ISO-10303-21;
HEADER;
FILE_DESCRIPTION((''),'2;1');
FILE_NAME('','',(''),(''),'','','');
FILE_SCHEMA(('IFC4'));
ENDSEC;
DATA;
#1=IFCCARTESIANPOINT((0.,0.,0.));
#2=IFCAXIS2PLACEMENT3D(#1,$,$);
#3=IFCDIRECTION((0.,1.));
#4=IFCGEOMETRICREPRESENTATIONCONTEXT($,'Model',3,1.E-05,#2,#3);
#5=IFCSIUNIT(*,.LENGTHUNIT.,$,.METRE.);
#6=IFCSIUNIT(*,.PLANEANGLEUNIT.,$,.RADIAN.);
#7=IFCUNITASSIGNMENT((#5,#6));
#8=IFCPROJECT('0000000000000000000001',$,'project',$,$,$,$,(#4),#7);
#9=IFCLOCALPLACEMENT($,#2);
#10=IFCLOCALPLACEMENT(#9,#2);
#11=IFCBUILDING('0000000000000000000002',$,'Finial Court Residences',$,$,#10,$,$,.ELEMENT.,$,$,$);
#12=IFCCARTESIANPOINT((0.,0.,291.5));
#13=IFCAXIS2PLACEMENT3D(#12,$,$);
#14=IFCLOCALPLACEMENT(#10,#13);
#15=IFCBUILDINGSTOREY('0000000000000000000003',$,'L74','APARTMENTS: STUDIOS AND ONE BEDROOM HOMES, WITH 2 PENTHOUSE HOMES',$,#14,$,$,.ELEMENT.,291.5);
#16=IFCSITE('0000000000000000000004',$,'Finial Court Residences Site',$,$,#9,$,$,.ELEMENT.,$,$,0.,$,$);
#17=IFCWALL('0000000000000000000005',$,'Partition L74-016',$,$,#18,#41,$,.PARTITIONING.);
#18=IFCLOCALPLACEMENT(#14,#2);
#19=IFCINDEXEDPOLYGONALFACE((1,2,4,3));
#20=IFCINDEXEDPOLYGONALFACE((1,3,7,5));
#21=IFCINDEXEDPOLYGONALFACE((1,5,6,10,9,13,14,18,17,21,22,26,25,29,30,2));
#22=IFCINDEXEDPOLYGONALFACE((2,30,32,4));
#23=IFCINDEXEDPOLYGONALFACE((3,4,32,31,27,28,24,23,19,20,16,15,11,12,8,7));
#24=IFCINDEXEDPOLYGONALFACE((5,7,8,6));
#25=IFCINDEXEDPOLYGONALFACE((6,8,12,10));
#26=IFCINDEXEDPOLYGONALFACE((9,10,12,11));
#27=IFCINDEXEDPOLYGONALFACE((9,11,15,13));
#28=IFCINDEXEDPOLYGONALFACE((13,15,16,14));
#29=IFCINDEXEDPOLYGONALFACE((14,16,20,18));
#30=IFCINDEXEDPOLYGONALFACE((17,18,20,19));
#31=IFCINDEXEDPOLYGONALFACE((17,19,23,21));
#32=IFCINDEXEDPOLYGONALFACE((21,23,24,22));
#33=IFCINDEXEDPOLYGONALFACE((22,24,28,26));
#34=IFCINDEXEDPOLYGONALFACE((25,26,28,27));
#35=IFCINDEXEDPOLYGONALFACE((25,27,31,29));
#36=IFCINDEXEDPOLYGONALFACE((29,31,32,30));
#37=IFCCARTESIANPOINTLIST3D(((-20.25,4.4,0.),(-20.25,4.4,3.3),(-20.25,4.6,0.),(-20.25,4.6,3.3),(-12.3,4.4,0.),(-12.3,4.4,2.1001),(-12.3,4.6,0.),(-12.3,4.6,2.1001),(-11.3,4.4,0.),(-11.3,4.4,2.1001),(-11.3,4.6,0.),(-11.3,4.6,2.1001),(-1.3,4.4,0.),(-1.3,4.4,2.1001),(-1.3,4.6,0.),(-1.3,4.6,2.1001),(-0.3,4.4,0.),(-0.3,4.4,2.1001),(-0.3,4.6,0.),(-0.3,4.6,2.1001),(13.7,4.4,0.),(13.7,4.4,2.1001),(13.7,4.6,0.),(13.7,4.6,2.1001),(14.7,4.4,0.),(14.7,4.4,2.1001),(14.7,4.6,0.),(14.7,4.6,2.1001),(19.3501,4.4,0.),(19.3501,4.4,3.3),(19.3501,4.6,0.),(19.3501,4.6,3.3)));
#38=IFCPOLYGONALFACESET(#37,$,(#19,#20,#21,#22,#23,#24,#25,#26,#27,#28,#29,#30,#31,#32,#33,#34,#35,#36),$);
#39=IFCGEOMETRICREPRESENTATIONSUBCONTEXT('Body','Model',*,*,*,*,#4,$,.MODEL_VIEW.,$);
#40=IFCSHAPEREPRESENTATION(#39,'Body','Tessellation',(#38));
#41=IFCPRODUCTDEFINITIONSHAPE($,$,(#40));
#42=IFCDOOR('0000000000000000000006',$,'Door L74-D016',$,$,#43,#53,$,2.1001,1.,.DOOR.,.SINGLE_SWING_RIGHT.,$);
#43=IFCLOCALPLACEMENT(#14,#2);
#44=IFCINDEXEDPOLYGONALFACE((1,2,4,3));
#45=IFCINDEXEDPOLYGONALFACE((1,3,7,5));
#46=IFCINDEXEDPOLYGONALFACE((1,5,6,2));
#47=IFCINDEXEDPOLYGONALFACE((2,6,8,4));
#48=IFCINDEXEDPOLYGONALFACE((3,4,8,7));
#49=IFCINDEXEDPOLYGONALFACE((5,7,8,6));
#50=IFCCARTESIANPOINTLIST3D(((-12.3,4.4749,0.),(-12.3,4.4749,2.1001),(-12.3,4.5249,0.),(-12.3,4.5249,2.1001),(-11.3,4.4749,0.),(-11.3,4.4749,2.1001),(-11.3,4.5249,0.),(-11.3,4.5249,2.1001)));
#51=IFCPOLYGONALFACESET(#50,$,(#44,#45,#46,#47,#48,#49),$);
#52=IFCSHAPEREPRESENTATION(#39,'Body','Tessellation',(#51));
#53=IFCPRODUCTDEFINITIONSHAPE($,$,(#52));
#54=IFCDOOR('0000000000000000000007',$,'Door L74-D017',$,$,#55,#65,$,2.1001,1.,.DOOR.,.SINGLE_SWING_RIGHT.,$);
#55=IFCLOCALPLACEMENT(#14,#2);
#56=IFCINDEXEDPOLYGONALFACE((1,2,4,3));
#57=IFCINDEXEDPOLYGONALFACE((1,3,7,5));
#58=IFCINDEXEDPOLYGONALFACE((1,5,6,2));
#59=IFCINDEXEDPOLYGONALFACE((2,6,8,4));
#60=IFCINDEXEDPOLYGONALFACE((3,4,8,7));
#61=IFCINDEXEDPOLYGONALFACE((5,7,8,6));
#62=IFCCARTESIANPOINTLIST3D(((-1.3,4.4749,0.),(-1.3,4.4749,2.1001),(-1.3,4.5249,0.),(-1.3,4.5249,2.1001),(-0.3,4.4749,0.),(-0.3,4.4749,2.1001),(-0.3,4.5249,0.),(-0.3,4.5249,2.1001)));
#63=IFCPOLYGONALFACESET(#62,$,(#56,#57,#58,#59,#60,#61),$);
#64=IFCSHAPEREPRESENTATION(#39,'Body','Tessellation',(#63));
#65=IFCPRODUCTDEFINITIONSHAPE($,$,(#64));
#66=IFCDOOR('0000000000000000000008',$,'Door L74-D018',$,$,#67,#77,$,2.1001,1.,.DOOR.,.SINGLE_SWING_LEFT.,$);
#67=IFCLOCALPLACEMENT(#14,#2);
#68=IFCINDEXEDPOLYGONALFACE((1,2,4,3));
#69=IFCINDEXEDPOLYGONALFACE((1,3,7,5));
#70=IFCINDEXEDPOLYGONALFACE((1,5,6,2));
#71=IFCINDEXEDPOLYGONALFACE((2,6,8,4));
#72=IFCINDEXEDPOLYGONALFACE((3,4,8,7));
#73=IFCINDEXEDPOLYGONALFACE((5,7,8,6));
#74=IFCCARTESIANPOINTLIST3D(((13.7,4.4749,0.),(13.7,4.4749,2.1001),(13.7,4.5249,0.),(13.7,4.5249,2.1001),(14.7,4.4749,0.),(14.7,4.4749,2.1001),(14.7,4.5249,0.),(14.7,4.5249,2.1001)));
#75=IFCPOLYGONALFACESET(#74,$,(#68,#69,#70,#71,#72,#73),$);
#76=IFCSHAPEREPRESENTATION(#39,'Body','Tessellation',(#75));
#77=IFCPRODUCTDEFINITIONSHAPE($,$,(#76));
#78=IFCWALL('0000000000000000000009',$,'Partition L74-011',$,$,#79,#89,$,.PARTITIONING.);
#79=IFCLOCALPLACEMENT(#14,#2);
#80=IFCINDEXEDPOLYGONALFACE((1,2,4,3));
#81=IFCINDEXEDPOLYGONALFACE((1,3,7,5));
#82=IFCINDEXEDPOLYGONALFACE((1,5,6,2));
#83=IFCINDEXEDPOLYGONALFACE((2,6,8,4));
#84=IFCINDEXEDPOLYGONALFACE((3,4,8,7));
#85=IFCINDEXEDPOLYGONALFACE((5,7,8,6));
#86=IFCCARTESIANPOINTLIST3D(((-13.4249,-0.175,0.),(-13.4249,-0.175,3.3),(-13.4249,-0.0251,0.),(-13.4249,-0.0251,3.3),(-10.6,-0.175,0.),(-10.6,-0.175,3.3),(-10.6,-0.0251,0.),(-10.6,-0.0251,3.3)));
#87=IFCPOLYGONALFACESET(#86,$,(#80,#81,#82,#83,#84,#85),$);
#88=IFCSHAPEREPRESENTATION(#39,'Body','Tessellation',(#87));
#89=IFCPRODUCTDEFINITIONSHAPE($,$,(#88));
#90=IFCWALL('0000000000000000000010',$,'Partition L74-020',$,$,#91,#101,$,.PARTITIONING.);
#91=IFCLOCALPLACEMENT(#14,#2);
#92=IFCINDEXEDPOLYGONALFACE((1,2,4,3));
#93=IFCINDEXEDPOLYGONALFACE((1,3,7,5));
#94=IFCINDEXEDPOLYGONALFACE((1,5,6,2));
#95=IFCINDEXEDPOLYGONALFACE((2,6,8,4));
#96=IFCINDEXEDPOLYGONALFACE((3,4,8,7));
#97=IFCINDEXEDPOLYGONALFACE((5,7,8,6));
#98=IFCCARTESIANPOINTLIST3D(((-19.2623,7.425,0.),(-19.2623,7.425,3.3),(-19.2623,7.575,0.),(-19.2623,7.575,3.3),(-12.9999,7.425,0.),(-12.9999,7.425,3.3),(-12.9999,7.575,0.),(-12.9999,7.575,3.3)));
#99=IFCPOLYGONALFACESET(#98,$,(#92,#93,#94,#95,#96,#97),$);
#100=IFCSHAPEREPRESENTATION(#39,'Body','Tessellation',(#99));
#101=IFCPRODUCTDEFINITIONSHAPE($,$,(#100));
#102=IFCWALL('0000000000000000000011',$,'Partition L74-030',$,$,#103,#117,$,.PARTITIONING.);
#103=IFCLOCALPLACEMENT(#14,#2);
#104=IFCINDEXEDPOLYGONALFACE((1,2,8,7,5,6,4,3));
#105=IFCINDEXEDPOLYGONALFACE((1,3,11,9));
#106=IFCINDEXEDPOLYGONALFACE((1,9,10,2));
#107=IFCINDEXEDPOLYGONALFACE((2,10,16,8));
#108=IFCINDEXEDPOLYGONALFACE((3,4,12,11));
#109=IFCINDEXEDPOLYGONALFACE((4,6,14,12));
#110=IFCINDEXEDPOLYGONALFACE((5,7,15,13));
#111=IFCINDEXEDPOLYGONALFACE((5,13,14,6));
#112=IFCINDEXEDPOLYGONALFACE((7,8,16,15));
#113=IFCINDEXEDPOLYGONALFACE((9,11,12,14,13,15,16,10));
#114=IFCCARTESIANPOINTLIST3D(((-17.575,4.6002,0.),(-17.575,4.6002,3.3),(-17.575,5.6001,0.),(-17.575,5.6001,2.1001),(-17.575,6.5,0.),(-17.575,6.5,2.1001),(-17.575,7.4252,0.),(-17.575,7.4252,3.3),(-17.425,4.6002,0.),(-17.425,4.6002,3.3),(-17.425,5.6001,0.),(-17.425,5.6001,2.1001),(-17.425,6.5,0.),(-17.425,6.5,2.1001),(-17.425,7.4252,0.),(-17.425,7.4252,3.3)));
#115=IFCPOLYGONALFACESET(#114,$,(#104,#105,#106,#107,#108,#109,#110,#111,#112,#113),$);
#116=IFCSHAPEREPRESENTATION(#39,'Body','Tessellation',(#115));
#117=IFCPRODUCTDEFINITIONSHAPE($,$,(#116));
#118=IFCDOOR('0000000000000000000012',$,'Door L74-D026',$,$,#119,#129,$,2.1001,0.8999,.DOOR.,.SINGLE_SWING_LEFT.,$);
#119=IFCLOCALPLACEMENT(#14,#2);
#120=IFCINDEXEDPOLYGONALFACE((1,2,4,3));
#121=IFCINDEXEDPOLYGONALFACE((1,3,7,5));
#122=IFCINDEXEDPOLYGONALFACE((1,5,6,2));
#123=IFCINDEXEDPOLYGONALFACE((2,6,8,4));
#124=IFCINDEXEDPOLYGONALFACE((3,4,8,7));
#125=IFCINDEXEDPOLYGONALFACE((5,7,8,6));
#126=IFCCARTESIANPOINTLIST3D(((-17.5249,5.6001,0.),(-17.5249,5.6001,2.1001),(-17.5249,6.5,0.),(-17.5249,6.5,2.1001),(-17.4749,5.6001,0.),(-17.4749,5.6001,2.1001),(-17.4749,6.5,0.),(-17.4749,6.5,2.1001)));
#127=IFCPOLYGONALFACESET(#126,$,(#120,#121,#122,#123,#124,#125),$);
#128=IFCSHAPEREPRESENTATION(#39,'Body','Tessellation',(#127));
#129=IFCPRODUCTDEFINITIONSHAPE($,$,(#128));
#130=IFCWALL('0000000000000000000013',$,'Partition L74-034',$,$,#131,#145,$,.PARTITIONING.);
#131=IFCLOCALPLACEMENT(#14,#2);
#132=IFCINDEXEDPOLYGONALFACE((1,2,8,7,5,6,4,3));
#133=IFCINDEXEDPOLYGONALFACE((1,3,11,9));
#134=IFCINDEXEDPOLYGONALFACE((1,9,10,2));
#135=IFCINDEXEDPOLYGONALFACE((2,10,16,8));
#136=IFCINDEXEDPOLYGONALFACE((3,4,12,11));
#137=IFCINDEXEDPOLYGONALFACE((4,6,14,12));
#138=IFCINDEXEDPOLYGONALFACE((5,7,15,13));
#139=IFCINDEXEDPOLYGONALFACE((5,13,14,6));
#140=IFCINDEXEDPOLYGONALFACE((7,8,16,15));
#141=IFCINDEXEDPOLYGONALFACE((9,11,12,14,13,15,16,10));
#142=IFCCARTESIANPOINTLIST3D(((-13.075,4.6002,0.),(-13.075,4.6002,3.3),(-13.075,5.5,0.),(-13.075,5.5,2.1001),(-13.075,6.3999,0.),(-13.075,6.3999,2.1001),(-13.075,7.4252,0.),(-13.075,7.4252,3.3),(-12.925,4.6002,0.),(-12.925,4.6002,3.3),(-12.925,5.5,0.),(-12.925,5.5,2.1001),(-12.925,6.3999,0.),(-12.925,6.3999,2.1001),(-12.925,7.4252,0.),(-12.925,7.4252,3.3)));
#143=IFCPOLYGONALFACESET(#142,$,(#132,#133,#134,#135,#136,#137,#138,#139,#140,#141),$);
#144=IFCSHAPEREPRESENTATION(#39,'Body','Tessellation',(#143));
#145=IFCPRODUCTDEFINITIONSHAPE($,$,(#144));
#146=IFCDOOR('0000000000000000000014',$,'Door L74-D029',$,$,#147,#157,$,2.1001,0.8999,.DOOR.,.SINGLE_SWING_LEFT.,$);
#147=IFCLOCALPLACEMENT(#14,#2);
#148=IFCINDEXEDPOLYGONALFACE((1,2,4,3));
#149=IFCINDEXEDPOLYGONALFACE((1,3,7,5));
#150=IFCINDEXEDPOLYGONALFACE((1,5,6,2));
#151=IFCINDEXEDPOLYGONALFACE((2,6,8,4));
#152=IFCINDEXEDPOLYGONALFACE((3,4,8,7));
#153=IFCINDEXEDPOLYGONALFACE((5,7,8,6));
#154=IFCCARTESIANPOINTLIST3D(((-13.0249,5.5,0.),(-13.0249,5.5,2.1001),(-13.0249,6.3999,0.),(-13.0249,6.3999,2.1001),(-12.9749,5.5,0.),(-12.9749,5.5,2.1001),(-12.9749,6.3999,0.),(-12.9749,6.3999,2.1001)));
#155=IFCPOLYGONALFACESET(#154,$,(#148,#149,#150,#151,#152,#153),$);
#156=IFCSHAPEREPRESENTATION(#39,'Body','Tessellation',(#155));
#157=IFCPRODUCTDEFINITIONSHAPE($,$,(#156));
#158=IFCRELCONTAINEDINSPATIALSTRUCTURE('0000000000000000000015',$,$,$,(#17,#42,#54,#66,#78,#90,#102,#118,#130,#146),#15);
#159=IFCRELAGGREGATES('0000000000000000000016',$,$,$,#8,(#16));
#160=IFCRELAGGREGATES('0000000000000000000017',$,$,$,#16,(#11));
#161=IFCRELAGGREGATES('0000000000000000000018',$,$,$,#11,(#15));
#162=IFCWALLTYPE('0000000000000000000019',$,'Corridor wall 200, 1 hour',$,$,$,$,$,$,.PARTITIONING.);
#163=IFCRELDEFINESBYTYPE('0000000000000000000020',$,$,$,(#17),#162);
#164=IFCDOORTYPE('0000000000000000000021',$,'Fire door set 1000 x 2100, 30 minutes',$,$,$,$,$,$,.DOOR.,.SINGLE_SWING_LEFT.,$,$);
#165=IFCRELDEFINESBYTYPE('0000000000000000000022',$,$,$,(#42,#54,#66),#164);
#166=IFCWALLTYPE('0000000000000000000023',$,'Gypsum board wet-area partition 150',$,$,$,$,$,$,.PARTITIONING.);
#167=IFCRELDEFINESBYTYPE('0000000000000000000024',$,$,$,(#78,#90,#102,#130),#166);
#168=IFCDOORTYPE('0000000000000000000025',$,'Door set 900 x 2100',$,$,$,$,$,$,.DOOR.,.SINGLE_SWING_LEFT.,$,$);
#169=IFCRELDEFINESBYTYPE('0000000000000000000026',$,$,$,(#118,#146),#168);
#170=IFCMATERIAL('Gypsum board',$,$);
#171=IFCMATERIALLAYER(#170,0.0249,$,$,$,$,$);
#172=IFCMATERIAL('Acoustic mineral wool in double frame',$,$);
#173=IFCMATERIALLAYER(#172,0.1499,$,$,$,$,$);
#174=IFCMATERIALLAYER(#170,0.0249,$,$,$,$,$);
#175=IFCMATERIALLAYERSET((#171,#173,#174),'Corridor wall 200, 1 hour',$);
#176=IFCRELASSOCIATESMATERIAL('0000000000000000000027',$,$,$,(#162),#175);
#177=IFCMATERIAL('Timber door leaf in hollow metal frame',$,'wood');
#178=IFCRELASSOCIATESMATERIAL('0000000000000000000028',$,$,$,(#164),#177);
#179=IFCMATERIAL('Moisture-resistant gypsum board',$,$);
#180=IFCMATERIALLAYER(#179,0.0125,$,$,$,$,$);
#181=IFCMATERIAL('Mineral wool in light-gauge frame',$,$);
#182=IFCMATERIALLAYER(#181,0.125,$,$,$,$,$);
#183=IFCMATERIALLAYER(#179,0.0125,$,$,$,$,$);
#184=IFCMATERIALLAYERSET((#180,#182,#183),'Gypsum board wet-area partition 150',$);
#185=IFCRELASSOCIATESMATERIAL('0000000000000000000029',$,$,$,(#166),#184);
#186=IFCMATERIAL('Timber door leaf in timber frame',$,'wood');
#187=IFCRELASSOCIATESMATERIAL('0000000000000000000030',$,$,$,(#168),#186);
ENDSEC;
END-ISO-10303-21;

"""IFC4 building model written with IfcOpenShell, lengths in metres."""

from ifc_helpers import new_model, si_unit, direction, frame, frame_2d, origin, place, context, subcontext, project, spatial, rectangle, extrude, material, layer, layer_set, type_object, element, fill, save


model = new_model("IFC4")

# Units and contexts
model_context = context("Model", 3, precision=1e-05, world=origin(), true_north=direction((0.0, 1.0)))
body_context = subcontext(model_context, "Body", "Model", "MODEL_VIEW")
ifc_project = project(units=[si_unit("LENGTHUNIT", "METRE"), si_unit("PLANEANGLEUNIT", "RADIAN")], contexts=[model_context])

# Site, building, storey
site_placement = place(None, origin())
site = spatial("IfcSite", under=ifc_project, at=site_placement, Name="Finial Court Residences Site", CompositionType="ELEMENT", RefElevation=0.0)
building_placement = place(site_placement, origin())
building = spatial("IfcBuilding", under=site, at=building_placement, Name="Finial Court Residences", CompositionType="ELEMENT")
storey_placement = place(building_placement, frame((0.0, 0.0, 291.5)))
storey = spatial("IfcBuildingStorey", under=building, at=storey_placement, Name="L74", Description="APARTMENTS: STUDIOS AND ONE BEDROOM HOMES, WITH 2 PENTHOUSE HOMES", CompositionType="ELEMENT", Elevation=291.5)

# Shared definitions
ifc_material_1 = material(Name="Gypsum board")
ifc_layer_1 = layer(ifc_material_1, 0.0249)
ifc_material_2 = material(Name="Acoustic mineral wool in double frame")
ifc_layer_2 = layer(ifc_material_2, 0.1499)
ifc_layer_3 = layer(ifc_material_1, 0.0249)
ifc_layer_set_1 = layer_set([ifc_layer_1, ifc_layer_2, ifc_layer_3], Name="Corridor wall 200, 1 hour")
wall_type_1 = type_object("IfcWallType", Name="Corridor wall 200, 1 hour", PredefinedType="PARTITIONING", material=ifc_layer_set_1)

# Wall, openings, doors
wall_1_placement = place(storey_placement, frame((-20.25, 4.5, 0.0), z_axis=(0.0, 0.0, 1.0), x_axis=(1.0, 0.0, 0.0)))
wall_1 = element("IfcWall", 1, at=wall_1_placement, inside=storey, type_object=wall_type_1, Name="Partition L74-016", PredefinedType="PARTITIONING", context=body_context, shape_type="SweptSolid", body=[
    extrude(rectangle(XDim=39.6001, YDim=0.2, at=frame_2d((19.8, 0.0))), origin(), (0.0, 0.0, 1.0), 3.3),
])
opening_1_placement = place(wall_1_placement, frame((7.95, 0.0, 0.0)))
opening_1 = element("IfcOpeningElement", 2, at=opening_1_placement, cuts=wall_1, PredefinedType="OPENING", context=body_context, shape_type="SweptSolid", body=[
    extrude(rectangle(XDim=1.0, YDim=2.1001, at=frame_2d((0.5, 1.05))), frame((0.0, 0.1099, 0.0), z_axis=(0.0, -1.0, 0.0), x_axis=(1.0, 0.0, 0.0)), (0.0, 0.0, 1.0), 0.22),
])
opening_2_placement = place(wall_1_placement, frame((18.95, 0.0, 0.0)))
opening_2 = element("IfcOpeningElement", 3, at=opening_2_placement, cuts=wall_1, PredefinedType="OPENING", context=body_context, shape_type="SweptSolid", body=[
    extrude(rectangle(XDim=1.0, YDim=2.1001, at=frame_2d((0.5, 1.05))), frame((0.0, 0.1099, 0.0), z_axis=(0.0, -1.0, 0.0), x_axis=(1.0, 0.0, 0.0)), (0.0, 0.0, 1.0), 0.22),
])
opening_3_placement = place(wall_1_placement, frame((33.95, 0.0, 0.0)))
opening_3 = element("IfcOpeningElement", 4, at=opening_3_placement, cuts=wall_1, PredefinedType="OPENING", context=body_context, shape_type="SweptSolid", body=[
    extrude(rectangle(XDim=1.0, YDim=2.1001, at=frame_2d((0.5, 1.05))), frame((0.0, 0.1099, 0.0), z_axis=(0.0, -1.0, 0.0), x_axis=(1.0, 0.0, 0.0)), (0.0, 0.0, 1.0), 0.22),
])
ifc_material_3 = material(Name="Timber door leaf in hollow metal frame", Category="wood")
door_type_1 = type_object("IfcDoorType", Name="Fire door set 1000 x 2100, 30 minutes", OperationType="SINGLE_SWING_LEFT", PredefinedType="DOOR", material=ifc_material_3)
door_1_placement = place(opening_1_placement, origin())
door_1 = element("IfcDoor", 5, at=door_1_placement, inside=storey, type_object=door_type_1, Name="Door L74-D016", OperationType="SINGLE_SWING_RIGHT", OverallHeight=2.1001, OverallWidth=1.0, PredefinedType="DOOR", context=body_context, shape_type="SweptSolid", body=[
    extrude(rectangle(XDim=1.0, YDim=2.1001, at=frame_2d((0.5, 1.05))), frame((0.0, 0.0249, 0.0), z_axis=(0.0, -1.0, 0.0), x_axis=(1.0, 0.0, 0.0)), (0.0, 0.0, 1.0), 0.05),
])
fill(opening_1, door_1)
door_2_placement = place(opening_2_placement, origin())
door_2 = element("IfcDoor", 6, at=door_2_placement, inside=storey, type_object=door_type_1, Name="Door L74-D017", OperationType="SINGLE_SWING_RIGHT", OverallHeight=2.1001, OverallWidth=1.0, PredefinedType="DOOR", context=body_context, shape_type="SweptSolid", body=[
    extrude(rectangle(XDim=1.0, YDim=2.1001, at=frame_2d((0.5, 1.05))), frame((0.0, 0.0249, 0.0), z_axis=(0.0, -1.0, 0.0), x_axis=(1.0, 0.0, 0.0)), (0.0, 0.0, 1.0), 0.05),
])
fill(opening_2, door_2)
door_3_placement = place(opening_3_placement, origin())
door_3 = element("IfcDoor", 7, at=door_3_placement, inside=storey, type_object=door_type_1, Name="Door L74-D018", OperationType="SINGLE_SWING_LEFT", OverallHeight=2.1001, OverallWidth=1.0, PredefinedType="DOOR", context=body_context, shape_type="SweptSolid", body=[
    extrude(rectangle(XDim=1.0, YDim=2.1001, at=frame_2d((0.5, 1.05))), frame((0.0, 0.0249, 0.0), z_axis=(0.0, -1.0, 0.0), x_axis=(1.0, 0.0, 0.0)), (0.0, 0.0, 1.0), 0.05),
])
fill(opening_3, door_3)

# Walls
ifc_material_4 = material(Name="Moisture-resistant gypsum board")
ifc_layer_4 = layer(ifc_material_4, 0.0125)
ifc_material_5 = material(Name="Mineral wool in light-gauge frame")
ifc_layer_5 = layer(ifc_material_5, 0.125)
ifc_layer_6 = layer(ifc_material_4, 0.0125)
ifc_layer_set_2 = layer_set([ifc_layer_4, ifc_layer_5, ifc_layer_6], Name="Gypsum board wet-area partition 150")
wall_type_2 = type_object("IfcWallType", Name="Gypsum board wet-area partition 150", PredefinedType="PARTITIONING", material=ifc_layer_set_2)
wall_2_placement = place(storey_placement, frame((-13.425, -0.1001, 0.0), z_axis=(0.0, 0.0, 1.0), x_axis=(1.0, 0.0, 0.0)))
element("IfcWall", 8, at=wall_2_placement, inside=storey, type_object=wall_type_2, Name="Partition L74-011", PredefinedType="PARTITIONING", context=body_context, shape_type="SweptSolid", body=[
    extrude(rectangle(XDim=2.825, YDim=0.1499, at=frame_2d((1.4126, 0.0))), origin(), (0.0, 0.0, 1.0), 3.3),
])
wall_3_placement = place(storey_placement, frame((-19.2625, 7.5, 0.0), z_axis=(0.0, 0.0, 1.0), x_axis=(1.0, 0.0, 0.0)))
element("IfcWall", 9, at=wall_3_placement, inside=storey, type_object=wall_type_2, Name="Partition L74-020", PredefinedType="PARTITIONING", context=body_context, shape_type="SweptSolid", body=[
    extrude(rectangle(XDim=6.2625, YDim=0.1499, at=frame_2d((3.1313, 0.0))), origin(), (0.0, 0.0, 1.0), 3.3),
])

# Walls, openings, doors
wall_4_placement = place(storey_placement, frame((-17.5, 4.6001, 0.0), z_axis=(0.0, 0.0, 1.0), x_axis=(0.0, 1.0, 0.0)))
wall_4 = element("IfcWall", 10, at=wall_4_placement, inside=storey, type_object=wall_type_2, Name="Partition L74-030", PredefinedType="PARTITIONING", context=body_context, shape_type="SweptSolid", body=[
    extrude(rectangle(XDim=2.825, YDim=0.1499, at=frame_2d((1.4126, 0.0))), origin(), (0.0, 0.0, 1.0), 3.3),
])
opening_4_placement = place(wall_4_placement, frame((1.0, 0.0, 0.0)))
opening_4 = element("IfcOpeningElement", 11, at=opening_4_placement, cuts=wall_4, PredefinedType="OPENING", context=body_context, shape_type="SweptSolid", body=[
    extrude(rectangle(XDim=0.8999, YDim=2.1001, at=frame_2d((0.45, 1.05))), frame((0.0, 0.085, 0.0), z_axis=(0.0, -1.0, 0.0), x_axis=(1.0, 0.0, 0.0)), (0.0, 0.0, 1.0), 0.1699),
])
ifc_material_6 = material(Name="Timber door leaf in timber frame", Category="wood")
door_type_2 = type_object("IfcDoorType", Name="Door set 900 x 2100", OperationType="SINGLE_SWING_LEFT", PredefinedType="DOOR", material=ifc_material_6)
door_4_placement = place(opening_4_placement, origin())
door_4 = element("IfcDoor", 12, at=door_4_placement, inside=storey, type_object=door_type_2, Name="Door L74-D026", OperationType="SINGLE_SWING_LEFT", OverallHeight=2.1001, OverallWidth=0.8999, PredefinedType="DOOR", context=body_context, shape_type="SweptSolid", body=[
    extrude(rectangle(XDim=0.8999, YDim=2.1001, at=frame_2d((0.45, 1.05))), frame((0.0, 0.0249, 0.0), z_axis=(0.0, -1.0, 0.0), x_axis=(1.0, 0.0, 0.0)), (0.0, 0.0, 1.0), 0.05),
])
fill(opening_4, door_4)
wall_5_placement = place(storey_placement, frame((-13.0, 4.6001, 0.0), z_axis=(0.0, 0.0, 1.0), x_axis=(0.0, 1.0, 0.0)))
wall_5 = element("IfcWall", 13, at=wall_5_placement, inside=storey, type_object=wall_type_2, Name="Partition L74-034", PredefinedType="PARTITIONING", context=body_context, shape_type="SweptSolid", body=[
    extrude(rectangle(XDim=2.825, YDim=0.1499, at=frame_2d((1.4126, 0.0))), origin(), (0.0, 0.0, 1.0), 3.3),
])
opening_5_placement = place(wall_5_placement, frame((0.8999, 0.0, 0.0)))
opening_5 = element("IfcOpeningElement", 14, at=opening_5_placement, cuts=wall_5, PredefinedType="OPENING", context=body_context, shape_type="SweptSolid", body=[
    extrude(rectangle(XDim=0.8999, YDim=2.1001, at=frame_2d((0.45, 1.05))), frame((0.0, 0.085, 0.0), z_axis=(0.0, -1.0, 0.0), x_axis=(1.0, 0.0, 0.0)), (0.0, 0.0, 1.0), 0.1699),
])
door_5_placement = place(opening_5_placement, origin())
door_5 = element("IfcDoor", 15, at=door_5_placement, inside=storey, type_object=door_type_2, Name="Door L74-D029", OperationType="SINGLE_SWING_LEFT", OverallHeight=2.1001, OverallWidth=0.8999, PredefinedType="DOOR", context=body_context, shape_type="SweptSolid", body=[
    extrude(rectangle(XDim=0.8999, YDim=2.1001, at=frame_2d((0.45, 1.05))), frame((0.0, 0.0249, 0.0), z_axis=(0.0, -1.0, 0.0), x_axis=(1.0, 0.0, 0.0)), (0.0, 0.0, 1.0), 0.05),
])
fill(opening_5, door_5)

save(model, "model.ifc")
